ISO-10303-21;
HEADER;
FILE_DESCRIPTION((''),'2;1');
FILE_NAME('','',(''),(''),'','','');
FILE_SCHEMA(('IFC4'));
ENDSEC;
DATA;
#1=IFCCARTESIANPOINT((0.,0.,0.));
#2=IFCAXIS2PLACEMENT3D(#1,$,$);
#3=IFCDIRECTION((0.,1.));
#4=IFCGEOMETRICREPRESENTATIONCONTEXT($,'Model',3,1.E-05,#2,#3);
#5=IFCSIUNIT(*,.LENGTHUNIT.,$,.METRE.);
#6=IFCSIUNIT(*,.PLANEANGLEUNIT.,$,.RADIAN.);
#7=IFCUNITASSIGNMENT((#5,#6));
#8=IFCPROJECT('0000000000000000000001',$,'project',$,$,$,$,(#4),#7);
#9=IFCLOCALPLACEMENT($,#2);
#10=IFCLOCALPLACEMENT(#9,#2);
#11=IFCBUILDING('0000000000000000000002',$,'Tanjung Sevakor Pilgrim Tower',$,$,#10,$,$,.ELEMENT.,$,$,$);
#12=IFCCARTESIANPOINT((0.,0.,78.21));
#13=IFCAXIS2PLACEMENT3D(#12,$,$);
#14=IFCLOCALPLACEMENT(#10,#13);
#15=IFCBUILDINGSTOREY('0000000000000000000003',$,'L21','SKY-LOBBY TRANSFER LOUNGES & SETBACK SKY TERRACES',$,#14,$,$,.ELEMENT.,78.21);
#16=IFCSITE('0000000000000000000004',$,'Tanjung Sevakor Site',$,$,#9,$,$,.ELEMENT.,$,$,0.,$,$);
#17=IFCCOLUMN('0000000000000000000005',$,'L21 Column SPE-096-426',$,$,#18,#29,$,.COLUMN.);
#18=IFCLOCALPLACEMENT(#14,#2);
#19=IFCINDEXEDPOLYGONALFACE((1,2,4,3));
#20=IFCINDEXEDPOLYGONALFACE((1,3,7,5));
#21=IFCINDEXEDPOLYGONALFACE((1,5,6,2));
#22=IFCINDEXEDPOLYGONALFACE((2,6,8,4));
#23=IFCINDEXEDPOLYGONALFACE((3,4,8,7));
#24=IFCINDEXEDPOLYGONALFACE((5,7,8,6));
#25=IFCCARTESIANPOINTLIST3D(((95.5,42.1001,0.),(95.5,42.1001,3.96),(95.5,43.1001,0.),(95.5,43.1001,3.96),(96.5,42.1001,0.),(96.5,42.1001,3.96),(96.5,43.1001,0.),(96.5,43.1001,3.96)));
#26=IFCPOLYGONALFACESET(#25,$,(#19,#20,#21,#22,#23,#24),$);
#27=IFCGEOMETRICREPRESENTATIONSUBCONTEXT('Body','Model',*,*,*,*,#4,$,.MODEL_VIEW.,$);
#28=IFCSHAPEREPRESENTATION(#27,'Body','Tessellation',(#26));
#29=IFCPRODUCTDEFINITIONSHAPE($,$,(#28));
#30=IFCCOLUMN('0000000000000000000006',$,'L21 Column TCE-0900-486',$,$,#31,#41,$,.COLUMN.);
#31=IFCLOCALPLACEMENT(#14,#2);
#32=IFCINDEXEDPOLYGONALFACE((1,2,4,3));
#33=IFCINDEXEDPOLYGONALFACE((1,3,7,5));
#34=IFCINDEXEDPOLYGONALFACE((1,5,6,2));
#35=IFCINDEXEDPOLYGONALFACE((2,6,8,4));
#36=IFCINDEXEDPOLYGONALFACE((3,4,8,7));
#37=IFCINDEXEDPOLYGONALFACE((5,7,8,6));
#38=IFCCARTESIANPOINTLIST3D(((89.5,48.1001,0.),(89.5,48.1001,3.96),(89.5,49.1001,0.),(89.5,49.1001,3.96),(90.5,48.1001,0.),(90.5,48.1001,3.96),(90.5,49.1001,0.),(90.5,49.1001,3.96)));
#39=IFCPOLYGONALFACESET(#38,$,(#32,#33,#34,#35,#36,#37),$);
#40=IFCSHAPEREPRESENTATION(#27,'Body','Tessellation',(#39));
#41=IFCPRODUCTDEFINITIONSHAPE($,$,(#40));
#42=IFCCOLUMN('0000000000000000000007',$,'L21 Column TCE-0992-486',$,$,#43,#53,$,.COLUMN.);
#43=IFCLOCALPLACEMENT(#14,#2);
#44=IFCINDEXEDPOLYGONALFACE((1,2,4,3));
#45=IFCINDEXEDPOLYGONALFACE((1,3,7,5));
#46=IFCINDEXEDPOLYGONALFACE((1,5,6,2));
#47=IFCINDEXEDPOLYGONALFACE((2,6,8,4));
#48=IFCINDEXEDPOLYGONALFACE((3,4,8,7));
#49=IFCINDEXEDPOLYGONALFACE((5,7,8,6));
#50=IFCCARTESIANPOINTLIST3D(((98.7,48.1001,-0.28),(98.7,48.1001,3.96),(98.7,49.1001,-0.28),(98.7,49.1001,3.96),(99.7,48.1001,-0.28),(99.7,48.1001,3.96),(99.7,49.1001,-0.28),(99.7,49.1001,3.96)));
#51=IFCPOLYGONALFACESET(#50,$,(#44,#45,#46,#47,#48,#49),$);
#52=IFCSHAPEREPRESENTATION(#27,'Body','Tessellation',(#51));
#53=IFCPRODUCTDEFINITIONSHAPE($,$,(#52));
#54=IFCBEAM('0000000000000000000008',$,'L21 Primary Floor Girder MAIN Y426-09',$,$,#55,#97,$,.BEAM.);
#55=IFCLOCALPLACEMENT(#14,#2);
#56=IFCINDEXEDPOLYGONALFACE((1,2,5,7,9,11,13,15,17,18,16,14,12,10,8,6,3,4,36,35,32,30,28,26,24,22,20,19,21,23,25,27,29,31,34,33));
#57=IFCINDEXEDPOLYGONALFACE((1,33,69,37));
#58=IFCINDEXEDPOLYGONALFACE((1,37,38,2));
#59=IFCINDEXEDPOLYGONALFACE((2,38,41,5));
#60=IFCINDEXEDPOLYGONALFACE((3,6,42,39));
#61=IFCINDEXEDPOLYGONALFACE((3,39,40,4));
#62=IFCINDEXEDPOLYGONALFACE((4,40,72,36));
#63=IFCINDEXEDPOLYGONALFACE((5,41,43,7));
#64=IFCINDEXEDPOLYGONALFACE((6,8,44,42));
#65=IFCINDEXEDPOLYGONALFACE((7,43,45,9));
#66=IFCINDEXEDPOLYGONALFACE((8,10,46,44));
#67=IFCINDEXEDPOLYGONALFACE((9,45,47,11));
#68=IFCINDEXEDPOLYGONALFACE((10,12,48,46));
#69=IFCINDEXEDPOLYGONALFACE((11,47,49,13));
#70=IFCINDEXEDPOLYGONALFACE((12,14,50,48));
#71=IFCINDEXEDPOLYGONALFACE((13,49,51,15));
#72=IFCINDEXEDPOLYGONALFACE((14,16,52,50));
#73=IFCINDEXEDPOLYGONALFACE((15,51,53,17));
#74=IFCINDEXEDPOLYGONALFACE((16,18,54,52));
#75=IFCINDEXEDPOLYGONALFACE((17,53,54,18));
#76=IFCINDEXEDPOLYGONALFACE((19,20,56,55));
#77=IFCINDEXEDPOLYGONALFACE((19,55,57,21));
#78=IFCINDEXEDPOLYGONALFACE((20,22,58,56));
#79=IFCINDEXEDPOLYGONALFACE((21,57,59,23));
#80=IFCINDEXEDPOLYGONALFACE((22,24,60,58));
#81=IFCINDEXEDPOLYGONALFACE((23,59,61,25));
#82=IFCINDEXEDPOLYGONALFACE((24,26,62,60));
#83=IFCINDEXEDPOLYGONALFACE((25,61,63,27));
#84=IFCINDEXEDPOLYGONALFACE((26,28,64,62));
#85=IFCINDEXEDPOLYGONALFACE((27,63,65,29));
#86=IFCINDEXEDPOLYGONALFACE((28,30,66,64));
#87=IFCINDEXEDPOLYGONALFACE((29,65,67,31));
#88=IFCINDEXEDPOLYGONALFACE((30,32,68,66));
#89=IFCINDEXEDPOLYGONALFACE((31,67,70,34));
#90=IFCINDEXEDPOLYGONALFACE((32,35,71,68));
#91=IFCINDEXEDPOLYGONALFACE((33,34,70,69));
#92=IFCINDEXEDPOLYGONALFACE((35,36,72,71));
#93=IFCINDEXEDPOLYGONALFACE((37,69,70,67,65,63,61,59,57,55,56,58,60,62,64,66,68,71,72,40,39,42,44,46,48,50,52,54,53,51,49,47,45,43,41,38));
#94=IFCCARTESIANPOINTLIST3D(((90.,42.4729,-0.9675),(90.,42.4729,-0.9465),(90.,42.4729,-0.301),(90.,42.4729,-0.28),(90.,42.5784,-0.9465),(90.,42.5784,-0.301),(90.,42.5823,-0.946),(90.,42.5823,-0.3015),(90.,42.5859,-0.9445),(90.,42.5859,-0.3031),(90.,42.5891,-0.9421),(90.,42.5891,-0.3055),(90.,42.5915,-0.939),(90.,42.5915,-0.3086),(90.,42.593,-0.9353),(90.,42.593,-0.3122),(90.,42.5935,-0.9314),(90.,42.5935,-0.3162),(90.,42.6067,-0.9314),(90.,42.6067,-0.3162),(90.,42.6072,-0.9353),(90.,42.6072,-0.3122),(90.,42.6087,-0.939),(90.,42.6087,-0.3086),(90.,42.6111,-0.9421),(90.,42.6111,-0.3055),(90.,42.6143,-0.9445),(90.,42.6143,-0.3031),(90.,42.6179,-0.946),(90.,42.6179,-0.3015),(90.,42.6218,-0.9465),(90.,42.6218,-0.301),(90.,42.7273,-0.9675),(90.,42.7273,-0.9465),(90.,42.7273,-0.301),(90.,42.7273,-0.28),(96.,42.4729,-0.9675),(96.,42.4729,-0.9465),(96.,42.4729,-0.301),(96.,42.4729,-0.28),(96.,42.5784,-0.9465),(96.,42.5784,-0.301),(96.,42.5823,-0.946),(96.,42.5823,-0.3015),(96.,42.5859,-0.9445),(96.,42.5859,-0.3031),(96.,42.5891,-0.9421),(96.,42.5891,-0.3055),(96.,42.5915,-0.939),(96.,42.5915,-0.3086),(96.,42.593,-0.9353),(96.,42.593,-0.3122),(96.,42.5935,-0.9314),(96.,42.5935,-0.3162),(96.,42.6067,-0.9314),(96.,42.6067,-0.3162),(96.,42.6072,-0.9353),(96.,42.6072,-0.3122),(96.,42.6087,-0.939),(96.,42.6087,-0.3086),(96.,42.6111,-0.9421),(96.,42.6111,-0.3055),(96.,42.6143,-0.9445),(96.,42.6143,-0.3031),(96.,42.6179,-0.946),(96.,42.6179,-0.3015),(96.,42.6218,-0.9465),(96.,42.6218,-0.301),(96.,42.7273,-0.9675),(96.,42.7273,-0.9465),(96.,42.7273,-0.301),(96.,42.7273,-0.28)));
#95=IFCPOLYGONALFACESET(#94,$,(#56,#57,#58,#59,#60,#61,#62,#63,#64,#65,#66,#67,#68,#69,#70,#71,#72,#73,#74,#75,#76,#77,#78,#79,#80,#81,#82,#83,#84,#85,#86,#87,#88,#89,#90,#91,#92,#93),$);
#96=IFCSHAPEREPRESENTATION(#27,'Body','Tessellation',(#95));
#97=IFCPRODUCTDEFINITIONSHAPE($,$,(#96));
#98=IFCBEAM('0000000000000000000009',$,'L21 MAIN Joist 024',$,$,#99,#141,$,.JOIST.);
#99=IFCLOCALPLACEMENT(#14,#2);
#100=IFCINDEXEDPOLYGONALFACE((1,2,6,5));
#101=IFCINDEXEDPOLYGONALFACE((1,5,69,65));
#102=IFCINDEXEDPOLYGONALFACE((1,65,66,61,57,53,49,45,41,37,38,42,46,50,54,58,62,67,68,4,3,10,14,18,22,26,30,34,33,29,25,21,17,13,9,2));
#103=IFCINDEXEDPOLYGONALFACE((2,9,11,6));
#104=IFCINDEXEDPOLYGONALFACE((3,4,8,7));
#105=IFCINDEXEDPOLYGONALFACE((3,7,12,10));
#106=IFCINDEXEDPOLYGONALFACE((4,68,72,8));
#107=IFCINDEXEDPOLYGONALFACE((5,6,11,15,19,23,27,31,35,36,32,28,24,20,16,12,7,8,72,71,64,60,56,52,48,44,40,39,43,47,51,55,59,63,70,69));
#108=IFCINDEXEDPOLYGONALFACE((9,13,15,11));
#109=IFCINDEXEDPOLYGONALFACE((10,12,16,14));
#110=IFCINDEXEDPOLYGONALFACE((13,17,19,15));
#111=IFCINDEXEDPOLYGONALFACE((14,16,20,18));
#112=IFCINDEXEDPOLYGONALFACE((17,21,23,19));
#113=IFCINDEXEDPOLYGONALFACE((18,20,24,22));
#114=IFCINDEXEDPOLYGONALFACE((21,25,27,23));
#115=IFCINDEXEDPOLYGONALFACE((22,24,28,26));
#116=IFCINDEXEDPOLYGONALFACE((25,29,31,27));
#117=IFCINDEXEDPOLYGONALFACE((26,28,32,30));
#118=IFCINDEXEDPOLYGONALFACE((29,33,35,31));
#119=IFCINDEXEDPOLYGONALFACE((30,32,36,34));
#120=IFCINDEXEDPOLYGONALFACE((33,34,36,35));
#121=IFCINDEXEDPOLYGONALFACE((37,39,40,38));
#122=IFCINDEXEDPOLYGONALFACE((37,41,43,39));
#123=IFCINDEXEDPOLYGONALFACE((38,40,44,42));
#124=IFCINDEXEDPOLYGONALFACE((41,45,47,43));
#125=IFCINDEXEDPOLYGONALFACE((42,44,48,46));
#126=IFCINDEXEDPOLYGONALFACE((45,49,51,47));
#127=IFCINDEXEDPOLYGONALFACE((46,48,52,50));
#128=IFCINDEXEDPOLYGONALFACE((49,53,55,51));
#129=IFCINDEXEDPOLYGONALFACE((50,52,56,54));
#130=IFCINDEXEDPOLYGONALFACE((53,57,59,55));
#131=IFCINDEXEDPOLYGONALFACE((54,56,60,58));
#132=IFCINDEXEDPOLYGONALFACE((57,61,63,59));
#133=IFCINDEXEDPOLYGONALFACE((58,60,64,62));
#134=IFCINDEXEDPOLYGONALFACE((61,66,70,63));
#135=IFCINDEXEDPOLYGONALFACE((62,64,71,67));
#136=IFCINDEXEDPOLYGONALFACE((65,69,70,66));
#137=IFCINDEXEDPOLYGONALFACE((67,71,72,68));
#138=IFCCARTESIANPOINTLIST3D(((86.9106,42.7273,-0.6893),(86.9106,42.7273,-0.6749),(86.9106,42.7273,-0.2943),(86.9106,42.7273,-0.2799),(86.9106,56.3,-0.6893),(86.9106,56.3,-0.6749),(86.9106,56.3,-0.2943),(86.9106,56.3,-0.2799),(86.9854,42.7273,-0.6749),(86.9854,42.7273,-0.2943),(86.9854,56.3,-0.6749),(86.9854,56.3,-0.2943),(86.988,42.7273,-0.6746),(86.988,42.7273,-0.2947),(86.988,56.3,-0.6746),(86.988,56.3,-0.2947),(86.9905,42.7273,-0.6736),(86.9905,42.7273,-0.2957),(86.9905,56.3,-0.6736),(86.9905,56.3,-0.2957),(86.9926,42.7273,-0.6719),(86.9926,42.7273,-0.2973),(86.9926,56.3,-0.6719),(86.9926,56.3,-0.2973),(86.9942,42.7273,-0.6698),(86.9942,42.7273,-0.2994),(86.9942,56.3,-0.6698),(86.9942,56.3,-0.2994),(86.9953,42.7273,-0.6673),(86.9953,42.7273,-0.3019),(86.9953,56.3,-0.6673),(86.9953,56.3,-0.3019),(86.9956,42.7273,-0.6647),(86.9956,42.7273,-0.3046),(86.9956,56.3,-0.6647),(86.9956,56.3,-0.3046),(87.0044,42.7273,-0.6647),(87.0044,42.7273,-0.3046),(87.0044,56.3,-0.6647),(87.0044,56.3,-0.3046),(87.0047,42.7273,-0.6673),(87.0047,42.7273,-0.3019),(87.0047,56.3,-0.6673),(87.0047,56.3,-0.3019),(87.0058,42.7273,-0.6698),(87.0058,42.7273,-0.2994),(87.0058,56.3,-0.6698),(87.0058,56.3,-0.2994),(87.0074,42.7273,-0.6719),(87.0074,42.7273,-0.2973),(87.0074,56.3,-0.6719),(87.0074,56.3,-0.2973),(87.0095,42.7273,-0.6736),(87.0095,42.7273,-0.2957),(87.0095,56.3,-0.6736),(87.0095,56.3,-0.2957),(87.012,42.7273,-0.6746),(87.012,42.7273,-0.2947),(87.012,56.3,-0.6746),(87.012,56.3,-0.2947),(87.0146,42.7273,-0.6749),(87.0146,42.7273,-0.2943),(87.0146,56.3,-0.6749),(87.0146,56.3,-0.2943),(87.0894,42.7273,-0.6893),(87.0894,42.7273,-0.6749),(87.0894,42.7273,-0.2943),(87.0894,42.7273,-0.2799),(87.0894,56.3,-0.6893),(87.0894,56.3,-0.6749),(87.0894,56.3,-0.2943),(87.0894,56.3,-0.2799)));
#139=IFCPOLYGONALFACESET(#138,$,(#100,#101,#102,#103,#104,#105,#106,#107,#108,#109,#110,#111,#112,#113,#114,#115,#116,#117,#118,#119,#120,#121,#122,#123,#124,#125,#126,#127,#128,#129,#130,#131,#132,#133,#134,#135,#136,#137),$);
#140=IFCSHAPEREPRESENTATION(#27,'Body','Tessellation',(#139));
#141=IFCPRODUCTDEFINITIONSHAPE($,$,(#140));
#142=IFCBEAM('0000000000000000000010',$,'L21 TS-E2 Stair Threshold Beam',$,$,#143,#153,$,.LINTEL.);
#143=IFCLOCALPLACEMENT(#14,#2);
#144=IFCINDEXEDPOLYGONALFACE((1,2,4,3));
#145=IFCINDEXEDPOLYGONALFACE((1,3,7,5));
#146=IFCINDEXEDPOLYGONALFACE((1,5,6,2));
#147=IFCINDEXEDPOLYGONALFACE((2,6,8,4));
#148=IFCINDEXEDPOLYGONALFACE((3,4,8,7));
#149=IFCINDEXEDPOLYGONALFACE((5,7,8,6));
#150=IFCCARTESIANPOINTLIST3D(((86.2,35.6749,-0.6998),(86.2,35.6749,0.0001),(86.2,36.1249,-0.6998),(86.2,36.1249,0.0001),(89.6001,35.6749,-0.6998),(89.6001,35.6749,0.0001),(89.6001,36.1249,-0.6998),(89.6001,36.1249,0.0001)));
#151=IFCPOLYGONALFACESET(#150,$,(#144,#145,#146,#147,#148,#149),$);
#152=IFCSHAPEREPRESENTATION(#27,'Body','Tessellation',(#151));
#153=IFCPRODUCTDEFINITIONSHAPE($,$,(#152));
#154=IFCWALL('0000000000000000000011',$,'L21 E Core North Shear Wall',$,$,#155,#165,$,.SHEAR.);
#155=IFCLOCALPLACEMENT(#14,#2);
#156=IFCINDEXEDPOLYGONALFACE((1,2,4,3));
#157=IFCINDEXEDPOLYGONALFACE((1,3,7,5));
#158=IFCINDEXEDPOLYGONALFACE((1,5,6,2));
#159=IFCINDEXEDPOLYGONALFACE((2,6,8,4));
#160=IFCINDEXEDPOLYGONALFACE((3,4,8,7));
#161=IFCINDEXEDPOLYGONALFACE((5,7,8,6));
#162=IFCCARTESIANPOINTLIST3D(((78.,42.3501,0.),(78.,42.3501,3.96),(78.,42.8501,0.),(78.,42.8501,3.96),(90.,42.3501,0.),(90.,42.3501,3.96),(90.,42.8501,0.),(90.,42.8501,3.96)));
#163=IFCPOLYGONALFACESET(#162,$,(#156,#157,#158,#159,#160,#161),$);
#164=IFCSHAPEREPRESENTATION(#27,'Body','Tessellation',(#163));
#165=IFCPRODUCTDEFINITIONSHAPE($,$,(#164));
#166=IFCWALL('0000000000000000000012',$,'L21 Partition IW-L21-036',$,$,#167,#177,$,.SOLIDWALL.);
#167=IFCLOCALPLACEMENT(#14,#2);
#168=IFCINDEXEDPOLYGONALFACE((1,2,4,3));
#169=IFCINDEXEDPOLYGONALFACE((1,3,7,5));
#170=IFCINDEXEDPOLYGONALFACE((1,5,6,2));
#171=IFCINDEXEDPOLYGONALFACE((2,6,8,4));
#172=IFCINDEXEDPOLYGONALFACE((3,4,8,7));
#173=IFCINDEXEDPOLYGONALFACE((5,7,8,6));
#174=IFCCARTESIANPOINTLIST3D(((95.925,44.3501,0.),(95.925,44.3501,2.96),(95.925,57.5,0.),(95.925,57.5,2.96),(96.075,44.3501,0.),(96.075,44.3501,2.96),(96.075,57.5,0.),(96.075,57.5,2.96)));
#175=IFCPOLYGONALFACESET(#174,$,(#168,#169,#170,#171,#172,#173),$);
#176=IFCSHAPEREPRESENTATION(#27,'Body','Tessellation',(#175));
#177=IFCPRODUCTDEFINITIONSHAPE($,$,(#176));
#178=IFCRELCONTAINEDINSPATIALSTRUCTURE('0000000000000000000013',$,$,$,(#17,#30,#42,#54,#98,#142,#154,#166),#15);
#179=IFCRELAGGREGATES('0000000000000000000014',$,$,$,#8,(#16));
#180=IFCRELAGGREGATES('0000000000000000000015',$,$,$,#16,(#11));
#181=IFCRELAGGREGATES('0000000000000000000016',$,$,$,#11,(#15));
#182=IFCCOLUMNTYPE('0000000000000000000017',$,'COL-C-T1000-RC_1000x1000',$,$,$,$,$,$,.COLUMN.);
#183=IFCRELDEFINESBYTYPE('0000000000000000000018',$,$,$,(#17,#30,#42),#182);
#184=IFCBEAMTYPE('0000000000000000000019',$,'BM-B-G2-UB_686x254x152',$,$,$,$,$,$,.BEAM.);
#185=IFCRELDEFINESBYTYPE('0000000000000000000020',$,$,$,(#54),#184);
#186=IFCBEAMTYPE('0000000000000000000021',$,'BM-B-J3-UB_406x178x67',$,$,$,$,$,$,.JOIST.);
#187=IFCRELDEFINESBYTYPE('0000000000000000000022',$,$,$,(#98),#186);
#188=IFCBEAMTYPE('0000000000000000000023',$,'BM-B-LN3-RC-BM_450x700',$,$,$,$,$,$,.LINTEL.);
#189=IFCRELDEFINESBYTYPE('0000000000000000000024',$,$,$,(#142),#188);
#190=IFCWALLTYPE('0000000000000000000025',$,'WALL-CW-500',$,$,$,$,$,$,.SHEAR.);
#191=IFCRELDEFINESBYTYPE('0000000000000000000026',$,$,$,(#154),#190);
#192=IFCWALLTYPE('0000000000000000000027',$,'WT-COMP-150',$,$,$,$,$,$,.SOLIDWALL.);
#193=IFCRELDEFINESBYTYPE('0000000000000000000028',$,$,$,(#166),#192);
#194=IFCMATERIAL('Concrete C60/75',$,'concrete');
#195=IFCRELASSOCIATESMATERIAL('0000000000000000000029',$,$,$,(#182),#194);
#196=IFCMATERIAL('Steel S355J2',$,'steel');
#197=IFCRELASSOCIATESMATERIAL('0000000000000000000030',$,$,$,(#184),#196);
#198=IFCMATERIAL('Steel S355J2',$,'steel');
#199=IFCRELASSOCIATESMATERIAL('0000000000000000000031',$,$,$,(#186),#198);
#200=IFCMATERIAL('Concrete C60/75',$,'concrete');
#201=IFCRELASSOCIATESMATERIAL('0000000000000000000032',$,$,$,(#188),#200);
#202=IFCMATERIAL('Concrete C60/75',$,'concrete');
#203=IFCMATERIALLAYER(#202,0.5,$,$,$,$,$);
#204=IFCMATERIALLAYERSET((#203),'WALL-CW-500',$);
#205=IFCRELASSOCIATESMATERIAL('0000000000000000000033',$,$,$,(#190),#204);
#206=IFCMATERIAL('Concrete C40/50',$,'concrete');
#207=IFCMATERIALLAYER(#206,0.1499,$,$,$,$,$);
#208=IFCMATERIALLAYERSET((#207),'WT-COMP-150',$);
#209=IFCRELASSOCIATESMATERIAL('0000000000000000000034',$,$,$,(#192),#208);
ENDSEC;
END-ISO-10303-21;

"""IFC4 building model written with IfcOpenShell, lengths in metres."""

from ifc_helpers import new_model, si_unit, direction, frame, frame_2d, origin, origin_2d, place, context, subcontext, project, spatial, rectangle, i_section, extrude, material, layer, layer_set, material_profile, profile_set, type_object, element, save


model = new_model("IFC4")

# Units and contexts
model_context = context("Model", 3, precision=1e-05, world=origin(), true_north=direction((0.0, 1.0)))
body_context = subcontext(model_context, "Body", "Model", "MODEL_VIEW")
ifc_project = project(units=[si_unit("LENGTHUNIT", "METRE"), si_unit("PLANEANGLEUNIT", "RADIAN")], contexts=[model_context])

# Site, building, storey
site_placement = place(None, origin())
site = spatial("IfcSite", under=ifc_project, at=site_placement, Name="Tanjung Sevakor Site", CompositionType="ELEMENT", RefElevation=0.0)
building_placement = place(site_placement, origin())
building = spatial("IfcBuilding", under=site, at=building_placement, Name="Tanjung Sevakor Pilgrim Tower", CompositionType="ELEMENT")
storey_placement = place(building_placement, frame((0.0, 0.0, 78.21)))
storey = spatial("IfcBuildingStorey", under=building, at=storey_placement, Name="L21", Description="SKY-LOBBY TRANSFER LOUNGES & SETBACK SKY TERRACES", CompositionType="ELEMENT", Elevation=78.21)

# Columns
ifc_material_1 = material(Name="Concrete C60/75", Category="concrete")
ifc_material_profile_1 = material_profile(ifc_material_1, rectangle(XDim=1.0, YDim=1.0, at=origin_2d()))
ifc_profile_set_1 = profile_set([ifc_material_profile_1], Name="Concrete C60/75")
column_type = type_object("IfcColumnType", Name="COL-C-T1000-RC_1000x1000", PredefinedType="COLUMN", material=ifc_profile_set_1)
for number, where, z_axis, x_axis, name in (
    (1, (96.0, 42.6001, 0.0), (0.0, 0.0, 1.0), (1.0, 0.0, 0.0), "L21 Column SPE-096-426"),
    (2, (90.0, 48.6001, 0.0), (0.0, 0.0, 1.0), (1.0, 0.0, 0.0), "L21 Column TCE-0900-486"),
):
    element("IfcColumn", number, at=place(storey_placement, frame(where, z_axis=z_axis, x_axis=x_axis)), inside=storey, type_object=column_type, Name=name, PredefinedType="COLUMN", context=body_context, shape_type="SweptSolid", body=[
        extrude(rectangle(XDim=1.0, YDim=1.0, at=origin_2d()), origin(), (0.0, 0.0, 1.0), 3.96),
    ])
column_placement = place(storey_placement, frame((99.2, 48.6001, -0.28), z_axis=(0.0, 0.0, 1.0), x_axis=(1.0, 0.0, 0.0)))
element("IfcColumn", 3, at=column_placement, inside=storey, type_object=column_type, Name="L21 Column TCE-0992-486", PredefinedType="COLUMN", context=body_context, shape_type="SweptSolid", body=[
    extrude(rectangle(XDim=1.0, YDim=1.0, at=origin_2d()), origin(), (0.0, 0.0, 1.0), 4.24),
])

# Beams
ifc_material_2 = material(Name="Steel S355J2", Category="steel")
ifc_material_profile_2 = material_profile(ifc_material_2, i_section(OverallWidth=0.2544, OverallDepth=0.6875, WebThickness=0.0132, FlangeThickness=0.021, FilletRadius=0.0151, at=origin_2d()))
ifc_profile_set_2 = profile_set([ifc_material_profile_2], Name="Steel S355J2")
beam_type_1 = type_object("IfcBeamType", Name="BM-B-G2-UB_686x254x152", PredefinedType="BEAM", material=ifc_profile_set_2)
beam_1_placement = place(storey_placement, frame((90.0, 42.6001, -0.6238), z_axis=(1.0, 0.0, 0.0), x_axis=(0.0, 1.0, 0.0)))
element("IfcBeam", 4, at=beam_1_placement, inside=storey, type_object=beam_type_1, Name="L21 Primary Floor Girder MAIN Y426-09", PredefinedType="BEAM", context=body_context, shape_type="SweptSolid", body=[
    extrude(i_section(OverallWidth=0.2544, OverallDepth=0.6875, WebThickness=0.0132, FlangeThickness=0.021, FilletRadius=0.0151, at=origin_2d()), origin(), (0.0, 0.0, 1.0), 6.0),
])
ifc_material_3 = material(Name="Steel S355J2", Category="steel")
ifc_material_profile_3 = material_profile(ifc_material_3, i_section(OverallWidth=0.1787, OverallDepth=0.4094, WebThickness=0.0088, FlangeThickness=0.0144, FilletRadius=0.0103, at=origin_2d()))
ifc_profile_set_3 = profile_set([ifc_material_profile_3], Name="Steel S355J2")
beam_type_2 = type_object("IfcBeamType", Name="BM-B-J3-UB_406x178x67", PredefinedType="JOIST", material=ifc_profile_set_3)
beam_2_placement = place(storey_placement, frame((87.0, 42.7273, -0.4846), z_axis=(0.0, 1.0, 0.0), x_axis=(-1.0, 0.0, 0.0)))
element("IfcBeam", 5, at=beam_2_placement, inside=storey, type_object=beam_type_2, Name="L21 MAIN Joist 024", PredefinedType="JOIST", context=body_context, shape_type="SweptSolid", body=[
    extrude(i_section(OverallWidth=0.1787, OverallDepth=0.4094, WebThickness=0.0088, FlangeThickness=0.0144, FilletRadius=0.0103, at=origin_2d()), origin(), (0.0, 0.0, 1.0), 13.5728),
])
ifc_material_4 = material(Name="Concrete C60/75", Category="concrete")
ifc_material_profile_4 = material_profile(ifc_material_4, rectangle(XDim=0.45, YDim=0.7, at=origin_2d()))
ifc_profile_set_4 = profile_set([ifc_material_profile_4], Name="Concrete C60/75")
beam_type_3 = type_object("IfcBeamType", Name="BM-B-LN3-RC-BM_450x700", PredefinedType="LINTEL", material=ifc_profile_set_4)
beam_3_placement = place(storey_placement, frame((86.2, 35.8999, -0.3499), z_axis=(1.0, 0.0, 0.0), x_axis=(0.0, 1.0, 0.0)))
element("IfcBeam", 6, at=beam_3_placement, inside=storey, type_object=beam_type_3, Name="L21 TS-E2 Stair Threshold Beam", PredefinedType="LINTEL", context=body_context, shape_type="SweptSolid", body=[
    extrude(rectangle(XDim=0.45, YDim=0.7, at=origin_2d()), origin(), (0.0, 0.0, 1.0), 3.4001),
])

# Walls
ifc_material_5 = material(Name="Concrete C60/75", Category="concrete")
ifc_layer_1 = layer(ifc_material_5, 0.5)
ifc_layer_set_1 = layer_set([ifc_layer_1], Name="WALL-CW-500")
wall_type_1 = type_object("IfcWallType", Name="WALL-CW-500", PredefinedType="SHEAR", material=ifc_layer_set_1)
wall_1_placement = place(storey_placement, frame((90.0, 42.6001, 0.0), z_axis=(0.0, 0.0, 1.0), x_axis=(-1.0, 0.0, 0.0)))
element("IfcWall", 7, at=wall_1_placement, inside=storey, type_object=wall_type_1, Name="L21 E Core North Shear Wall", PredefinedType="SHEAR", context=body_context, shape_type="SweptSolid", body=[
    extrude(rectangle(XDim=12.0, YDim=0.5, at=frame_2d((6.0, 0.0))), origin(), (0.0, 0.0, 1.0), 3.96),
])
ifc_material_6 = material(Name="Concrete C40/50", Category="concrete")
ifc_layer_2 = layer(ifc_material_6, 0.1499)
ifc_layer_set_2 = layer_set([ifc_layer_2], Name="WT-COMP-150")
wall_type_2 = type_object("IfcWallType", Name="WT-COMP-150", PredefinedType="SOLIDWALL", material=ifc_layer_set_2)
wall_2_placement = place(storey_placement, frame((96.0, 44.3501, 0.0), z_axis=(0.0, 0.0, 1.0), x_axis=(0.0, 1.0, 0.0)))
element("IfcWall", 8, at=wall_2_placement, inside=storey, type_object=wall_type_2, Name="L21 Partition IW-L21-036", PredefinedType="SOLIDWALL", context=body_context, shape_type="SweptSolid", body=[
    extrude(rectangle(XDim=13.1499, YDim=0.1499, at=frame_2d((6.575, 0.0))), origin(), (0.0, 0.0, 1.0), 2.96),
])

save(model, "model.ifc")
